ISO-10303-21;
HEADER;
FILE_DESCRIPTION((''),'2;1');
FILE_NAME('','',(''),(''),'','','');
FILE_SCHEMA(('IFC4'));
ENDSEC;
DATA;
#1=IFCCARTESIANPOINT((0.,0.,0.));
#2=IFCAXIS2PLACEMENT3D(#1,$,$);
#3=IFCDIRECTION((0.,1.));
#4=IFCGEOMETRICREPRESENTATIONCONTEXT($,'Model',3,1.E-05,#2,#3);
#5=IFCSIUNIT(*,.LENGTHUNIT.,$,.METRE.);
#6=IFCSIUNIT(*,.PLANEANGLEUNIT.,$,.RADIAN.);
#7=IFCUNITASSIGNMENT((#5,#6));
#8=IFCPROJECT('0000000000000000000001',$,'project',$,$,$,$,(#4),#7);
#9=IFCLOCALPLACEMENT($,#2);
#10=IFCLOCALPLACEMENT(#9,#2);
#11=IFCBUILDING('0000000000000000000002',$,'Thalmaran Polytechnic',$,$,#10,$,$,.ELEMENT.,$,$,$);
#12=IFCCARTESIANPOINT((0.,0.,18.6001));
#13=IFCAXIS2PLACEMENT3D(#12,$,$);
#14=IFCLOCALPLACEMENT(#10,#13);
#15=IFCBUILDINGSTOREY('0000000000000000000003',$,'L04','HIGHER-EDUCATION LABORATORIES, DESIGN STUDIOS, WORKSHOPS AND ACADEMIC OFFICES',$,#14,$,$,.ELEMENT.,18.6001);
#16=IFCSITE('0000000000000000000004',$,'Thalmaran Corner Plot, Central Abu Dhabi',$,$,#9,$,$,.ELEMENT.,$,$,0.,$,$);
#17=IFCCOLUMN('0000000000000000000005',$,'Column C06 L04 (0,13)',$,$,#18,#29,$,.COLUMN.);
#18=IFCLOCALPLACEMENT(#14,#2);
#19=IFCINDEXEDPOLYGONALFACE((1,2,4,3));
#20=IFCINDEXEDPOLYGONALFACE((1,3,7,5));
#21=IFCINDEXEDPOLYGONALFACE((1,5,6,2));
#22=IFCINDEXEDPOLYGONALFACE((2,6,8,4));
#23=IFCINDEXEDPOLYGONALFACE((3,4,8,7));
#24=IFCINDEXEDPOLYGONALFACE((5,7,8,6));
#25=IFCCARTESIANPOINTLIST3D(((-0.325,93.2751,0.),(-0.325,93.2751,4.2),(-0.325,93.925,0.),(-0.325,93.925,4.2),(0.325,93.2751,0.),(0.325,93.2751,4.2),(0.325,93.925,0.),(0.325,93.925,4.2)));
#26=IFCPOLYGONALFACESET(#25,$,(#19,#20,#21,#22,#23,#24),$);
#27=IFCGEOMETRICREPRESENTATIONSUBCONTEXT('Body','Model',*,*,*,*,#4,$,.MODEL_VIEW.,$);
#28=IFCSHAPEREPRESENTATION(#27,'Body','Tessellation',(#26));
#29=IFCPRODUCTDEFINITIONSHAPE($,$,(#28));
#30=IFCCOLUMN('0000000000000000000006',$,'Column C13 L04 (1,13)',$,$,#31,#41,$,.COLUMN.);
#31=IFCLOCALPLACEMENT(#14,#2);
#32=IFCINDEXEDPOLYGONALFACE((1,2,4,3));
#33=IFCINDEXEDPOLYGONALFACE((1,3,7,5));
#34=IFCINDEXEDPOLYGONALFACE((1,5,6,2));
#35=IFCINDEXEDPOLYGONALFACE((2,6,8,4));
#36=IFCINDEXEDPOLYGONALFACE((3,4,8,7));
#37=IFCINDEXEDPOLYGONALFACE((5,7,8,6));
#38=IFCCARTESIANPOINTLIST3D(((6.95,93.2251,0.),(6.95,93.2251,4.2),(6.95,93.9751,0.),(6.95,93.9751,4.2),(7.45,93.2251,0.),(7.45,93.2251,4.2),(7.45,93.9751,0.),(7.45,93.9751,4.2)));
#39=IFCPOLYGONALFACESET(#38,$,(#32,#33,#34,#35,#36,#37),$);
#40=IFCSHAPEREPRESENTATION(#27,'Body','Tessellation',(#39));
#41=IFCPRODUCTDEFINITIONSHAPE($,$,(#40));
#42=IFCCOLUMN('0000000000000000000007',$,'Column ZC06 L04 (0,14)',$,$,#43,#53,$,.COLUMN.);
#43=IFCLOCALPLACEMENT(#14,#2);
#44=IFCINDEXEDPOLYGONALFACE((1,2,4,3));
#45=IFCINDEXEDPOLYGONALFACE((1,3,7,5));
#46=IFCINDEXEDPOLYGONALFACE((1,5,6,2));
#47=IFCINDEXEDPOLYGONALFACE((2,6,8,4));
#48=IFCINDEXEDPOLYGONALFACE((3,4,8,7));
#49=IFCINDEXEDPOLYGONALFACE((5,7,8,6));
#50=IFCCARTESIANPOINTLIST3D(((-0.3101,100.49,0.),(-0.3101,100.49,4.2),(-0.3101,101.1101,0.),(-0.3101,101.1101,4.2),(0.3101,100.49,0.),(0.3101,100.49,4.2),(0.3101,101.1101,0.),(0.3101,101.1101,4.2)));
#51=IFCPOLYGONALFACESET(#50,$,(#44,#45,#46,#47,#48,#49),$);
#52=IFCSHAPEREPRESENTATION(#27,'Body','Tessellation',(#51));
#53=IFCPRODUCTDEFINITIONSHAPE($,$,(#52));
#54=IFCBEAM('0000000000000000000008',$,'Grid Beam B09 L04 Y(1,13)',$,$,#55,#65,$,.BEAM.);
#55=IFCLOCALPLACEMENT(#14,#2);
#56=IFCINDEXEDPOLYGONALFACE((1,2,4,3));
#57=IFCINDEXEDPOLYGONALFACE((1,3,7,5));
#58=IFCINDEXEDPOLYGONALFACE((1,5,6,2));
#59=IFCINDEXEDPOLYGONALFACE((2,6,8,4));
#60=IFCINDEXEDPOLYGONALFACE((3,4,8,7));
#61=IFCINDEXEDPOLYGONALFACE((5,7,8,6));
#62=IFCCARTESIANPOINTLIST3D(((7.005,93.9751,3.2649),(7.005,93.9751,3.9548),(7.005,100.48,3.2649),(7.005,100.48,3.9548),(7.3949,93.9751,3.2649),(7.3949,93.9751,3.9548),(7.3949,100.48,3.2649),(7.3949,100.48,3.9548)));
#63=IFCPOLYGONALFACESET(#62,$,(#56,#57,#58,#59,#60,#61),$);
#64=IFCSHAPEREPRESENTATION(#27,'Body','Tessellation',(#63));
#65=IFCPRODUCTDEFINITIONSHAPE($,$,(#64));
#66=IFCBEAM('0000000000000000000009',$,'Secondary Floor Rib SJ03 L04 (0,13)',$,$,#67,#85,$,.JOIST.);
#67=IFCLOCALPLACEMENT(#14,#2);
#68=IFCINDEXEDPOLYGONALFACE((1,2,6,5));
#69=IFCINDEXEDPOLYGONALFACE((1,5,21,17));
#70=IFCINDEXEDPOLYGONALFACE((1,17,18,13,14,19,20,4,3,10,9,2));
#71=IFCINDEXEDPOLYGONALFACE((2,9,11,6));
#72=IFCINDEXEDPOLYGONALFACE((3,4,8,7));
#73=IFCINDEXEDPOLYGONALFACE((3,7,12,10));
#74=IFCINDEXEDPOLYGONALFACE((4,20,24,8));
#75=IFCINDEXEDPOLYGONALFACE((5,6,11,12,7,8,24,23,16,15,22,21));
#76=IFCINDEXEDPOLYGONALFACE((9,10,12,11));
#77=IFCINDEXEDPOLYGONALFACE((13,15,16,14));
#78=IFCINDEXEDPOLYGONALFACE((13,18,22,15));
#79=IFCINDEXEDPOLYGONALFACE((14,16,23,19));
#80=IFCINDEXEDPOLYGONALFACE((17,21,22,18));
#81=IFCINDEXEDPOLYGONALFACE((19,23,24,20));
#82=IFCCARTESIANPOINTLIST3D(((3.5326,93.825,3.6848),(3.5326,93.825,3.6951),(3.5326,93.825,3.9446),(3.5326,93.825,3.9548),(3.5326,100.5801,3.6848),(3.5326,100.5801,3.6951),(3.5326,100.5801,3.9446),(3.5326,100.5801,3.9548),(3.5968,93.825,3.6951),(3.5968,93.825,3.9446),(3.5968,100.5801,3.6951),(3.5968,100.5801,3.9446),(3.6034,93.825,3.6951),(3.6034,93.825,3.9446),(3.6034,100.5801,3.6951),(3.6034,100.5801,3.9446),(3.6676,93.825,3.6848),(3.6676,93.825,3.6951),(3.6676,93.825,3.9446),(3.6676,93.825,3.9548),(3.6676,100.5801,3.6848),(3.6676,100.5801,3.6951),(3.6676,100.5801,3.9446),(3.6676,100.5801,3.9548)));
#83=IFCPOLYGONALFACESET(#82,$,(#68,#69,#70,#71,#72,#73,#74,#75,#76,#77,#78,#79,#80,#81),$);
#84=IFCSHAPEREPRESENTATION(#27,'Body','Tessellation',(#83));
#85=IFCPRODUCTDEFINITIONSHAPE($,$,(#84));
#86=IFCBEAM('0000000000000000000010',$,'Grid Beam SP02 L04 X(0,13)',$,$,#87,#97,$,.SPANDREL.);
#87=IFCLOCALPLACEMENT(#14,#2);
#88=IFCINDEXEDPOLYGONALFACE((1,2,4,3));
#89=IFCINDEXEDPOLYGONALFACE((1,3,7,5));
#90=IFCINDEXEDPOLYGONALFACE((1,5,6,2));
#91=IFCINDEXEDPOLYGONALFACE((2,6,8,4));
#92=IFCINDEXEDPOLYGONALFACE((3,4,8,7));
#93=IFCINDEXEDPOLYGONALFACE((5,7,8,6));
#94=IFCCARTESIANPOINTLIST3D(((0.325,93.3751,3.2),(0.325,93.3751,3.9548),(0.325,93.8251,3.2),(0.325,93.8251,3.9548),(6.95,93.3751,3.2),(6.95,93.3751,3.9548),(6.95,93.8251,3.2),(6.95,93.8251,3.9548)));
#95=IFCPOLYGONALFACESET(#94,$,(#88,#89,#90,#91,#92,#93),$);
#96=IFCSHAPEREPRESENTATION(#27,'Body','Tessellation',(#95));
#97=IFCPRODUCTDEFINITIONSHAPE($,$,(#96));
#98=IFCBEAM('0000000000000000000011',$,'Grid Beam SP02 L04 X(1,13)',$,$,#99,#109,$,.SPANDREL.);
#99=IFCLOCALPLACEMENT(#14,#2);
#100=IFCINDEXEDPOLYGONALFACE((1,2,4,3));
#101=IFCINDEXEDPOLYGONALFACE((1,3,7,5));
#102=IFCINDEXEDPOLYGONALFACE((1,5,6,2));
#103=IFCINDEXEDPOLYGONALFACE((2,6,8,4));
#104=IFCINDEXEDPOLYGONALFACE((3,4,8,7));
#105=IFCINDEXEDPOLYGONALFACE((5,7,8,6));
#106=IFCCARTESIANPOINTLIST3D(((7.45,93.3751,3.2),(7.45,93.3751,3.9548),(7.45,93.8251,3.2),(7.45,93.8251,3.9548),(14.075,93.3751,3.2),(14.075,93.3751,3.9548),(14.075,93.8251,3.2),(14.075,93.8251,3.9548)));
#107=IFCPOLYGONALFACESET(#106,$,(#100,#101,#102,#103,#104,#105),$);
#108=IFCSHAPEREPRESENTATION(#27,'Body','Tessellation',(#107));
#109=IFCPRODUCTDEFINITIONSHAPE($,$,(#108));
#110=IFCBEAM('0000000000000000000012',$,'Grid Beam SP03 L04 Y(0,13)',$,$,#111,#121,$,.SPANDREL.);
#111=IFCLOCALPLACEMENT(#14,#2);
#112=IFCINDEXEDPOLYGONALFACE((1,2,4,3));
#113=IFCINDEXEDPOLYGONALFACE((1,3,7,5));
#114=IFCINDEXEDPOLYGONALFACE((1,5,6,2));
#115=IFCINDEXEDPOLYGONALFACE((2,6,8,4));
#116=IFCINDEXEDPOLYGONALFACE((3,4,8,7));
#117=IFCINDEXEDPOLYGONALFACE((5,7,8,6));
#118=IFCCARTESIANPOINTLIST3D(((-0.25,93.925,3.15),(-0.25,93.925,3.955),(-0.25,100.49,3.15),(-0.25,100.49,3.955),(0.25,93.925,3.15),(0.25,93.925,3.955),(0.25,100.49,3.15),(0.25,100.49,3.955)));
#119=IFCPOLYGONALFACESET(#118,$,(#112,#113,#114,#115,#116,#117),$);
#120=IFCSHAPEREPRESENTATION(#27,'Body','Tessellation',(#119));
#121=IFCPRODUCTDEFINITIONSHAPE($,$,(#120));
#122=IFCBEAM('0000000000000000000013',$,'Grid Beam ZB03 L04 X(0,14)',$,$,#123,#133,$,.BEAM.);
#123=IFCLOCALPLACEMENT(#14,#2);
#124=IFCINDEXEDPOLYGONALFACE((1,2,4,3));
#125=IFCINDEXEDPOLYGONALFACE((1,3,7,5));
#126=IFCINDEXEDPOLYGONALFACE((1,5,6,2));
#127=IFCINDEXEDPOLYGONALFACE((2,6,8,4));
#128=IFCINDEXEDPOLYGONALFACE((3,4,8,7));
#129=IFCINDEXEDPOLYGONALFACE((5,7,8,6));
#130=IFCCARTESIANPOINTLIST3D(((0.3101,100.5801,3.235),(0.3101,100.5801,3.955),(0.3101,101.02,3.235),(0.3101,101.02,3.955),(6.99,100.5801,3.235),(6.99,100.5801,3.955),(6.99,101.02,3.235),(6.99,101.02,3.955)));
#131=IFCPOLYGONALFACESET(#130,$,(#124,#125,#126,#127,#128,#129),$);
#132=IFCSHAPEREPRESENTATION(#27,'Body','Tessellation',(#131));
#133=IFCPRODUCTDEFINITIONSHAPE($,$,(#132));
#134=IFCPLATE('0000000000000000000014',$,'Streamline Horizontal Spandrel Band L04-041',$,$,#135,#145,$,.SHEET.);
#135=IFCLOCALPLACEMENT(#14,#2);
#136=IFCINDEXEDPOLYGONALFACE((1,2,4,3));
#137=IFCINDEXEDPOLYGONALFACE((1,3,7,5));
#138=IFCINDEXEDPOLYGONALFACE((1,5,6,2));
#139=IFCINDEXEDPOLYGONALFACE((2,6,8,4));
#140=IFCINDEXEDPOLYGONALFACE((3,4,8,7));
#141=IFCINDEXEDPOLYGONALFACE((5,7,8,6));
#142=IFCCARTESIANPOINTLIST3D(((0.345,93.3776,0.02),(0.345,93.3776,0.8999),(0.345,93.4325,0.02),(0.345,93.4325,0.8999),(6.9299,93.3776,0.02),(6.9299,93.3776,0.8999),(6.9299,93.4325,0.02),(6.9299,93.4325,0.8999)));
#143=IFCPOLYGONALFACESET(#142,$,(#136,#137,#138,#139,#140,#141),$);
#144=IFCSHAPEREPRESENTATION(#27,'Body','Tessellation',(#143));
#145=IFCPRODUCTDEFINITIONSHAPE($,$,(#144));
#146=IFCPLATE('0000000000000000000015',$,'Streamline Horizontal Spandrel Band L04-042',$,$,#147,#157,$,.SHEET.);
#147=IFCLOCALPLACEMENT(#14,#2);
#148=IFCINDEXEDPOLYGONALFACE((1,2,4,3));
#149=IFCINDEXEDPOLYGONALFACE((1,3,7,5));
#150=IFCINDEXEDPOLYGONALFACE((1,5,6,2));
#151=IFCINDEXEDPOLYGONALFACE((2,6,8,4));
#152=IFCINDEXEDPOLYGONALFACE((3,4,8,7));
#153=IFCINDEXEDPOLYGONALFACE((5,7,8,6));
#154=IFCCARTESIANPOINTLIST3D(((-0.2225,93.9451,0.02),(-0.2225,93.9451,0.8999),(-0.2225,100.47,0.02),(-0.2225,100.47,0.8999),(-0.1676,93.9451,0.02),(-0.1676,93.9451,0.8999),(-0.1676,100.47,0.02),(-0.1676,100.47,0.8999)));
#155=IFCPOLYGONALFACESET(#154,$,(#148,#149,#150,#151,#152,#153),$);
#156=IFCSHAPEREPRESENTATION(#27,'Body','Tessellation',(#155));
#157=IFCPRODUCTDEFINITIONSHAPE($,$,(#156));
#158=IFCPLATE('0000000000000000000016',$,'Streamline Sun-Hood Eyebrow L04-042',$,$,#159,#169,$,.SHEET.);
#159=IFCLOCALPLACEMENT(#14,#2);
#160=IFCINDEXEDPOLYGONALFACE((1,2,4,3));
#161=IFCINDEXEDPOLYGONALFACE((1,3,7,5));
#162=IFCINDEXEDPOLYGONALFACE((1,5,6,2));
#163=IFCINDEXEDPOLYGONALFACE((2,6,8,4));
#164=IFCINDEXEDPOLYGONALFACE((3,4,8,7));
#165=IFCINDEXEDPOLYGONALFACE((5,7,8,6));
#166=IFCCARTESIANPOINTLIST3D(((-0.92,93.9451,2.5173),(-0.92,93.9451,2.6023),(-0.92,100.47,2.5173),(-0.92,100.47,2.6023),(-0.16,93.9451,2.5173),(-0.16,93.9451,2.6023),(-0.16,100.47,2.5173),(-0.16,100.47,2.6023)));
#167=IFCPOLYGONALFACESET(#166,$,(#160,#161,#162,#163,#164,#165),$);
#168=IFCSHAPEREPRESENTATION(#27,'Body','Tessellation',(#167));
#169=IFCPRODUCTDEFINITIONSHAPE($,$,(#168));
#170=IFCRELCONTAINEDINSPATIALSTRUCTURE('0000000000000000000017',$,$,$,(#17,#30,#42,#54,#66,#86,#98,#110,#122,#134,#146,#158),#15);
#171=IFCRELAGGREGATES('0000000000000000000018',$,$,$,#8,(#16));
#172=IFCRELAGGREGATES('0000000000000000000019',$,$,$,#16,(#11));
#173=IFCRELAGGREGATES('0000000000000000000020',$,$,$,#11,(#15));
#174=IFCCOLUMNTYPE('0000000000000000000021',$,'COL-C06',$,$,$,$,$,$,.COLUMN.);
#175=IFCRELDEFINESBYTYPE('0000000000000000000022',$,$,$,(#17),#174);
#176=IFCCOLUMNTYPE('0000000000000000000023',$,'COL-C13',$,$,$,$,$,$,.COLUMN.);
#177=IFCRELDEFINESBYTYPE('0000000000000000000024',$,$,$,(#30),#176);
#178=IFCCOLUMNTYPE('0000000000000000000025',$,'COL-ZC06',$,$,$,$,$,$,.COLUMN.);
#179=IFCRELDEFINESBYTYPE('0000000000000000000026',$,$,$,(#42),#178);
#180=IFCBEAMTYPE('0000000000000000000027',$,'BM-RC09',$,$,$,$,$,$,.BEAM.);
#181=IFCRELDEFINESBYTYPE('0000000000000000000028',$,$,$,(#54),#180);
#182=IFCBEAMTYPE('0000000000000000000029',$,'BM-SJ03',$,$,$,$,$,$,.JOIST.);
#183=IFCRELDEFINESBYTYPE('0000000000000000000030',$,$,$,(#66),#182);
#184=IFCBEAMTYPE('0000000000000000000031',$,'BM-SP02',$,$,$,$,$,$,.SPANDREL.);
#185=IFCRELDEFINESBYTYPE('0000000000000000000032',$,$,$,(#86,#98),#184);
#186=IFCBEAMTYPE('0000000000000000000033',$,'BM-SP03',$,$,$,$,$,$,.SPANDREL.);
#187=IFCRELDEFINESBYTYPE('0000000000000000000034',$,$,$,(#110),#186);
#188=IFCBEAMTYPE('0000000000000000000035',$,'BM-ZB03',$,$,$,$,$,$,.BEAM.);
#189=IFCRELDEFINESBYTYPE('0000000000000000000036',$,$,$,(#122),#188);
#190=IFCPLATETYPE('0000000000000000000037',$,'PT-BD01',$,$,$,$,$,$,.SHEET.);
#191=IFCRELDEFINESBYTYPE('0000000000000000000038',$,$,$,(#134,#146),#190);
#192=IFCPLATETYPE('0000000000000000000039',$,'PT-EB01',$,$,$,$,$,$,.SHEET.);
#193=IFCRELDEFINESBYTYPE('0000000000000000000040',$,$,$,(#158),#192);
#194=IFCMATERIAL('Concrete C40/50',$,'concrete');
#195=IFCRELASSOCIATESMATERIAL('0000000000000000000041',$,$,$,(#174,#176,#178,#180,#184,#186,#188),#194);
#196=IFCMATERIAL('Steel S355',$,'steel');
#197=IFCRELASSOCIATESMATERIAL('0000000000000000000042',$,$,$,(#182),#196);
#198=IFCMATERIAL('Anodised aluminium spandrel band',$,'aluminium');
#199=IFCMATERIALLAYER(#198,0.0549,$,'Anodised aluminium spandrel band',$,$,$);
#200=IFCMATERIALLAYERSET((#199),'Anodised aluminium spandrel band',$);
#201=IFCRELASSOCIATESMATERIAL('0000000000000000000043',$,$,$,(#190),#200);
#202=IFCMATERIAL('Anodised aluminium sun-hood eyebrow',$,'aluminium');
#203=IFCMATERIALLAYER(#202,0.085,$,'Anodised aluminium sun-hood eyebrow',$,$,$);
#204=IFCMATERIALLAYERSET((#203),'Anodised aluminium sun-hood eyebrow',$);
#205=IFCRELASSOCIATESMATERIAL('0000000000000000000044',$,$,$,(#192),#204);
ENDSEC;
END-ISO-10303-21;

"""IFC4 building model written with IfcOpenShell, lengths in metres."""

from ifc_helpers import new_model, si_unit, direction, frame, origin, origin_2d, place, context, subcontext, project, spatial, rectangle, i_section, extrude, material, layer, layer_set, material_profile, profile_set, type_object, element, save


model = new_model("IFC4")

# Units and contexts
model_context = context("Model", 3, precision=1e-05, world=origin(), true_north=direction((0.0, 1.0)))
body_context = subcontext(model_context, "Body", "Model", "MODEL_VIEW")
ifc_project = project(units=[si_unit("LENGTHUNIT", "METRE"), si_unit("PLANEANGLEUNIT", "RADIAN")], contexts=[model_context])

# Site, building, storey
site_placement = place(None, origin())
site = spatial("IfcSite", under=ifc_project, at=site_placement, Name="Thalmaran Corner Plot, Central Abu Dhabi", CompositionType="ELEMENT", RefElevation=0.0)
building_placement = place(site_placement, origin())
building = spatial("IfcBuilding", under=site, at=building_placement, Name="Thalmaran Polytechnic", CompositionType="ELEMENT")
storey_placement = place(building_placement, frame((0.0, 0.0, 18.6001)))
storey = spatial("IfcBuildingStorey", under=building, at=storey_placement, Name="L04", Description="HIGHER-EDUCATION LABORATORIES, DESIGN STUDIOS, WORKSHOPS AND ACADEMIC OFFICES", CompositionType="ELEMENT", Elevation=18.6001)

# Columns
ifc_material_1 = material(Name="Concrete C40/50", Category="concrete")
ifc_material_profile_1 = material_profile(ifc_material_1, rectangle(XDim=0.6499, YDim=0.6499, at=origin_2d()), Name="RC 650x650")
ifc_profile_set_1 = profile_set([ifc_material_profile_1], Name="Concrete C40/50")
column_type_1 = type_object("IfcColumnType", Name="COL-C06", PredefinedType="COLUMN", material=ifc_profile_set_1)
column_1_placement = place(storey_placement, frame((0.0, 93.6001, 0.0), z_axis=(0.0, 0.0, 1.0), x_axis=(1.0, 0.0, 0.0)))
element("IfcColumn", 1, at=column_1_placement, inside=storey, type_object=column_type_1, Name="Column C06 L04 (0,13)", PredefinedType="COLUMN", context=body_context, shape_type="SweptSolid", body=[
    extrude(rectangle(XDim=0.6499, YDim=0.6499, at=origin_2d()), origin(), (0.0, 0.0, 1.0), 4.2),
])
ifc_material_profile_2 = material_profile(ifc_material_1, rectangle(XDim=0.5, YDim=0.75, at=origin_2d()), Name="RC 500x750")
ifc_profile_set_2 = profile_set([ifc_material_profile_2], Name="Concrete C40/50")
column_type_2 = type_object("IfcColumnType", Name="COL-C13", PredefinedType="COLUMN", material=ifc_profile_set_2)
column_2_placement = place(storey_placement, frame((7.2, 93.6001, 0.0), z_axis=(0.0, 0.0, 1.0), x_axis=(1.0, 0.0, 0.0)))
element("IfcColumn", 2, at=column_2_placement, inside=storey, type_object=column_type_2, Name="Column C13 L04 (1,13)", PredefinedType="COLUMN", context=body_context, shape_type="SweptSolid", body=[
    extrude(rectangle(XDim=0.5, YDim=0.75, at=origin_2d()), origin(), (0.0, 0.0, 1.0), 4.2),
])
ifc_material_profile_3 = material_profile(ifc_material_1, rectangle(XDim=0.6201, YDim=0.6201, at=origin_2d()), Name="RC 620x620")
ifc_profile_set_3 = profile_set([ifc_material_profile_3], Name="Concrete C40/50")
column_type_3 = type_object("IfcColumnType", Name="COL-ZC06", PredefinedType="COLUMN", material=ifc_profile_set_3)
column_3_placement = place(storey_placement, frame((0.0, 100.8, 0.0), z_axis=(0.0, 0.0, 1.0), x_axis=(1.0, 0.0, 0.0)))
element("IfcColumn", 3, at=column_3_placement, inside=storey, type_object=column_type_3, Name="Column ZC06 L04 (0,14)", PredefinedType="COLUMN", context=body_context, shape_type="SweptSolid", body=[
    extrude(rectangle(XDim=0.6201, YDim=0.6201, at=origin_2d()), origin(), (0.0, 0.0, 1.0), 4.2),
])

# Beams
ifc_material_profile_4 = material_profile(ifc_material_1, rectangle(XDim=0.3899, YDim=0.6899, at=origin_2d()), Name="RC 390x690")
ifc_profile_set_4 = profile_set([ifc_material_profile_4], Name="Concrete C40/50")
beam_type_1 = type_object("IfcBeamType", Name="BM-RC09", PredefinedType="BEAM", material=ifc_profile_set_4)
beam_1_placement = place(storey_placement, frame((7.2, 93.9751, 3.6099), z_axis=(0.0, 1.0, 0.0), x_axis=(-1.0, 0.0, 0.0)))
element("IfcBeam", 4, at=beam_1_placement, inside=storey, type_object=beam_type_1, Name="Grid Beam B09 L04 Y(1,13)", PredefinedType="BEAM", context=body_context, shape_type="SweptSolid", body=[
    extrude(rectangle(XDim=0.3899, YDim=0.6899, at=origin_2d()), origin(), (0.0, 0.0, 1.0), 6.5049),
])
ifc_material_2 = material(Name="Steel S355", Category="steel")
ifc_material_profile_5 = material_profile(ifc_material_2, i_section(OverallWidth=0.135, OverallDepth=0.27, WebThickness=0.0066, FlangeThickness=0.0103, at=origin_2d()), Name="IPE 270")
ifc_profile_set_5 = profile_set([ifc_material_profile_5], Name="Steel S355")
beam_type_2 = type_object("IfcBeamType", Name="BM-SJ03", PredefinedType="JOIST", material=ifc_profile_set_5)
beam_2_placement = place(storey_placement, frame((3.6001, 93.825, 3.8198), z_axis=(0.0, 1.0, 0.0), x_axis=(-1.0, 0.0, 0.0)))
element("IfcBeam", 5, at=beam_2_placement, inside=storey, type_object=beam_type_2, Name="Secondary Floor Rib SJ03 L04 (0,13)", PredefinedType="JOIST", context=body_context, shape_type="SweptSolid", body=[
    extrude(i_section(OverallWidth=0.135, OverallDepth=0.27, WebThickness=0.0066, FlangeThickness=0.0103, at=origin_2d()), origin(), (0.0, 0.0, 1.0), 6.7551),
])
ifc_material_profile_6 = material_profile(ifc_material_1, rectangle(XDim=0.45, YDim=0.7549, at=origin_2d()), Name="RC 450x755")
ifc_profile_set_6 = profile_set([ifc_material_profile_6], Name="Concrete C40/50")
beam_type_3 = type_object("IfcBeamType", Name="BM-SP02", PredefinedType="SPANDREL", material=ifc_profile_set_6)
for number, where, z_axis, x_axis, name in (
    (6, (0.325, 93.6001, 3.5774), (1.0, 0.0, 0.0), (0.0, 1.0, 0.0), "Grid Beam SP02 L04 X(0,13)"),
    (7, (7.45, 93.6001, 3.5774), (1.0, 0.0, 0.0), (0.0, 1.0, 0.0), "Grid Beam SP02 L04 X(1,13)"),
):
    element("IfcBeam", number, at=place(storey_placement, frame(where, z_axis=z_axis, x_axis=x_axis)), inside=storey, type_object=beam_type_3, Name=name, PredefinedType="SPANDREL", context=body_context, shape_type="SweptSolid", body=[
        extrude(rectangle(XDim=0.45, YDim=0.7549, at=origin_2d()), origin(), (0.0, 0.0, 1.0), 6.625),
    ])
ifc_material_profile_7 = material_profile(ifc_material_1, rectangle(XDim=0.5, YDim=0.8049, at=origin_2d()), Name="RC 500x805")
ifc_profile_set_7 = profile_set([ifc_material_profile_7], Name="Concrete C40/50")
beam_type_4 = type_object("IfcBeamType", Name="BM-SP03", PredefinedType="SPANDREL", material=ifc_profile_set_7)
beam_3_placement = place(storey_placement, frame((0.0, 93.925, 3.5525), z_axis=(0.0, 1.0, 0.0), x_axis=(-1.0, 0.0, 0.0)))
element("IfcBeam", 8, at=beam_3_placement, inside=storey, type_object=beam_type_4, Name="Grid Beam SP03 L04 Y(0,13)", PredefinedType="SPANDREL", context=body_context, shape_type="SweptSolid", body=[
    extrude(rectangle(XDim=0.5, YDim=0.8049, at=origin_2d()), origin(), (0.0, 0.0, 1.0), 6.5649),
])
ifc_material_profile_8 = material_profile(ifc_material_1, rectangle(XDim=0.4399, YDim=0.72, at=origin_2d()), Name="RC 440x720")
ifc_profile_set_8 = profile_set([ifc_material_profile_8], Name="Concrete C40/50")
beam_type_5 = type_object("IfcBeamType", Name="BM-ZB03", PredefinedType="BEAM", material=ifc_profile_set_8)
beam_4_placement = place(storey_placement, frame((0.3101, 100.8, 3.595), z_axis=(1.0, 0.0, 0.0), x_axis=(0.0, 1.0, 0.0)))
element("IfcBeam", 9, at=beam_4_placement, inside=storey, type_object=beam_type_5, Name="Grid Beam ZB03 L04 X(0,14)", PredefinedType="BEAM", context=body_context, shape_type="SweptSolid", body=[
    extrude(rectangle(XDim=0.4399, YDim=0.72, at=origin_2d()), origin(), (0.0, 0.0, 1.0), 6.6799),
])

# Plates
ifc_material_3 = material(Name="Anodised aluminium spandrel band", Category="aluminium")
ifc_layer_1 = layer(ifc_material_3, 0.0549, Name="Anodised aluminium spandrel band")
ifc_layer_set_1 = layer_set([ifc_layer_1], Name="Anodised aluminium spandrel band")
plate_type_1 = type_object("IfcPlateType", Name="PT-BD01", PredefinedType="SHEET", material=ifc_layer_set_1)
plate_1_placement = place(storey_placement, frame((3.6375, 93.405, 0.02), z_axis=(0.0, 0.0, 1.0), x_axis=(-1.0, 0.0, 0.0)))
element("IfcPlate", 10, at=plate_1_placement, inside=storey, type_object=plate_type_1, Name="Streamline Horizontal Spandrel Band L04-041", PredefinedType="SHEET", context=body_context, shape_type="SweptSolid", body=[
    extrude(rectangle(XDim=6.585, YDim=0.0549, at=origin_2d()), origin(), (0.0, 0.0, 1.0), 0.8799),
])
plate_2_placement = place(storey_placement, frame((-0.1951, 97.2075, 0.02), z_axis=(0.0, 0.0, 1.0), x_axis=(0.0, 1.0, 0.0)))
element("IfcPlate", 11, at=plate_2_placement, inside=storey, type_object=plate_type_1, Name="Streamline Horizontal Spandrel Band L04-042", PredefinedType="SHEET", context=body_context, shape_type="SweptSolid", body=[
    extrude(rectangle(XDim=6.5249, YDim=0.0549, at=origin_2d()), origin(), (0.0, 0.0, 1.0), 0.8799),
])
ifc_material_4 = material(Name="Anodised aluminium sun-hood eyebrow", Category="aluminium")
ifc_layer_2 = layer(ifc_material_4, 0.085, Name="Anodised aluminium sun-hood eyebrow")
ifc_layer_set_2 = layer_set([ifc_layer_2], Name="Anodised aluminium sun-hood eyebrow")
plate_type_2 = type_object("IfcPlateType", Name="PT-EB01", PredefinedType="SHEET", material=ifc_layer_set_2)
plate_3_placement = place(storey_placement, frame((-0.54, 97.2075, 2.5173), z_axis=(0.0, 0.0, 1.0), x_axis=(0.0, 1.0, 0.0)))
element("IfcPlate", 12, at=plate_3_placement, inside=storey, type_object=plate_type_2, Name="Streamline Sun-Hood Eyebrow L04-042", PredefinedType="SHEET", context=body_context, shape_type="SweptSolid", body=[
    extrude(rectangle(XDim=6.5249, YDim=0.76, at=origin_2d()), origin(), (0.0, 0.0, 1.0), 0.085),
])

save(model, "model.ifc")
